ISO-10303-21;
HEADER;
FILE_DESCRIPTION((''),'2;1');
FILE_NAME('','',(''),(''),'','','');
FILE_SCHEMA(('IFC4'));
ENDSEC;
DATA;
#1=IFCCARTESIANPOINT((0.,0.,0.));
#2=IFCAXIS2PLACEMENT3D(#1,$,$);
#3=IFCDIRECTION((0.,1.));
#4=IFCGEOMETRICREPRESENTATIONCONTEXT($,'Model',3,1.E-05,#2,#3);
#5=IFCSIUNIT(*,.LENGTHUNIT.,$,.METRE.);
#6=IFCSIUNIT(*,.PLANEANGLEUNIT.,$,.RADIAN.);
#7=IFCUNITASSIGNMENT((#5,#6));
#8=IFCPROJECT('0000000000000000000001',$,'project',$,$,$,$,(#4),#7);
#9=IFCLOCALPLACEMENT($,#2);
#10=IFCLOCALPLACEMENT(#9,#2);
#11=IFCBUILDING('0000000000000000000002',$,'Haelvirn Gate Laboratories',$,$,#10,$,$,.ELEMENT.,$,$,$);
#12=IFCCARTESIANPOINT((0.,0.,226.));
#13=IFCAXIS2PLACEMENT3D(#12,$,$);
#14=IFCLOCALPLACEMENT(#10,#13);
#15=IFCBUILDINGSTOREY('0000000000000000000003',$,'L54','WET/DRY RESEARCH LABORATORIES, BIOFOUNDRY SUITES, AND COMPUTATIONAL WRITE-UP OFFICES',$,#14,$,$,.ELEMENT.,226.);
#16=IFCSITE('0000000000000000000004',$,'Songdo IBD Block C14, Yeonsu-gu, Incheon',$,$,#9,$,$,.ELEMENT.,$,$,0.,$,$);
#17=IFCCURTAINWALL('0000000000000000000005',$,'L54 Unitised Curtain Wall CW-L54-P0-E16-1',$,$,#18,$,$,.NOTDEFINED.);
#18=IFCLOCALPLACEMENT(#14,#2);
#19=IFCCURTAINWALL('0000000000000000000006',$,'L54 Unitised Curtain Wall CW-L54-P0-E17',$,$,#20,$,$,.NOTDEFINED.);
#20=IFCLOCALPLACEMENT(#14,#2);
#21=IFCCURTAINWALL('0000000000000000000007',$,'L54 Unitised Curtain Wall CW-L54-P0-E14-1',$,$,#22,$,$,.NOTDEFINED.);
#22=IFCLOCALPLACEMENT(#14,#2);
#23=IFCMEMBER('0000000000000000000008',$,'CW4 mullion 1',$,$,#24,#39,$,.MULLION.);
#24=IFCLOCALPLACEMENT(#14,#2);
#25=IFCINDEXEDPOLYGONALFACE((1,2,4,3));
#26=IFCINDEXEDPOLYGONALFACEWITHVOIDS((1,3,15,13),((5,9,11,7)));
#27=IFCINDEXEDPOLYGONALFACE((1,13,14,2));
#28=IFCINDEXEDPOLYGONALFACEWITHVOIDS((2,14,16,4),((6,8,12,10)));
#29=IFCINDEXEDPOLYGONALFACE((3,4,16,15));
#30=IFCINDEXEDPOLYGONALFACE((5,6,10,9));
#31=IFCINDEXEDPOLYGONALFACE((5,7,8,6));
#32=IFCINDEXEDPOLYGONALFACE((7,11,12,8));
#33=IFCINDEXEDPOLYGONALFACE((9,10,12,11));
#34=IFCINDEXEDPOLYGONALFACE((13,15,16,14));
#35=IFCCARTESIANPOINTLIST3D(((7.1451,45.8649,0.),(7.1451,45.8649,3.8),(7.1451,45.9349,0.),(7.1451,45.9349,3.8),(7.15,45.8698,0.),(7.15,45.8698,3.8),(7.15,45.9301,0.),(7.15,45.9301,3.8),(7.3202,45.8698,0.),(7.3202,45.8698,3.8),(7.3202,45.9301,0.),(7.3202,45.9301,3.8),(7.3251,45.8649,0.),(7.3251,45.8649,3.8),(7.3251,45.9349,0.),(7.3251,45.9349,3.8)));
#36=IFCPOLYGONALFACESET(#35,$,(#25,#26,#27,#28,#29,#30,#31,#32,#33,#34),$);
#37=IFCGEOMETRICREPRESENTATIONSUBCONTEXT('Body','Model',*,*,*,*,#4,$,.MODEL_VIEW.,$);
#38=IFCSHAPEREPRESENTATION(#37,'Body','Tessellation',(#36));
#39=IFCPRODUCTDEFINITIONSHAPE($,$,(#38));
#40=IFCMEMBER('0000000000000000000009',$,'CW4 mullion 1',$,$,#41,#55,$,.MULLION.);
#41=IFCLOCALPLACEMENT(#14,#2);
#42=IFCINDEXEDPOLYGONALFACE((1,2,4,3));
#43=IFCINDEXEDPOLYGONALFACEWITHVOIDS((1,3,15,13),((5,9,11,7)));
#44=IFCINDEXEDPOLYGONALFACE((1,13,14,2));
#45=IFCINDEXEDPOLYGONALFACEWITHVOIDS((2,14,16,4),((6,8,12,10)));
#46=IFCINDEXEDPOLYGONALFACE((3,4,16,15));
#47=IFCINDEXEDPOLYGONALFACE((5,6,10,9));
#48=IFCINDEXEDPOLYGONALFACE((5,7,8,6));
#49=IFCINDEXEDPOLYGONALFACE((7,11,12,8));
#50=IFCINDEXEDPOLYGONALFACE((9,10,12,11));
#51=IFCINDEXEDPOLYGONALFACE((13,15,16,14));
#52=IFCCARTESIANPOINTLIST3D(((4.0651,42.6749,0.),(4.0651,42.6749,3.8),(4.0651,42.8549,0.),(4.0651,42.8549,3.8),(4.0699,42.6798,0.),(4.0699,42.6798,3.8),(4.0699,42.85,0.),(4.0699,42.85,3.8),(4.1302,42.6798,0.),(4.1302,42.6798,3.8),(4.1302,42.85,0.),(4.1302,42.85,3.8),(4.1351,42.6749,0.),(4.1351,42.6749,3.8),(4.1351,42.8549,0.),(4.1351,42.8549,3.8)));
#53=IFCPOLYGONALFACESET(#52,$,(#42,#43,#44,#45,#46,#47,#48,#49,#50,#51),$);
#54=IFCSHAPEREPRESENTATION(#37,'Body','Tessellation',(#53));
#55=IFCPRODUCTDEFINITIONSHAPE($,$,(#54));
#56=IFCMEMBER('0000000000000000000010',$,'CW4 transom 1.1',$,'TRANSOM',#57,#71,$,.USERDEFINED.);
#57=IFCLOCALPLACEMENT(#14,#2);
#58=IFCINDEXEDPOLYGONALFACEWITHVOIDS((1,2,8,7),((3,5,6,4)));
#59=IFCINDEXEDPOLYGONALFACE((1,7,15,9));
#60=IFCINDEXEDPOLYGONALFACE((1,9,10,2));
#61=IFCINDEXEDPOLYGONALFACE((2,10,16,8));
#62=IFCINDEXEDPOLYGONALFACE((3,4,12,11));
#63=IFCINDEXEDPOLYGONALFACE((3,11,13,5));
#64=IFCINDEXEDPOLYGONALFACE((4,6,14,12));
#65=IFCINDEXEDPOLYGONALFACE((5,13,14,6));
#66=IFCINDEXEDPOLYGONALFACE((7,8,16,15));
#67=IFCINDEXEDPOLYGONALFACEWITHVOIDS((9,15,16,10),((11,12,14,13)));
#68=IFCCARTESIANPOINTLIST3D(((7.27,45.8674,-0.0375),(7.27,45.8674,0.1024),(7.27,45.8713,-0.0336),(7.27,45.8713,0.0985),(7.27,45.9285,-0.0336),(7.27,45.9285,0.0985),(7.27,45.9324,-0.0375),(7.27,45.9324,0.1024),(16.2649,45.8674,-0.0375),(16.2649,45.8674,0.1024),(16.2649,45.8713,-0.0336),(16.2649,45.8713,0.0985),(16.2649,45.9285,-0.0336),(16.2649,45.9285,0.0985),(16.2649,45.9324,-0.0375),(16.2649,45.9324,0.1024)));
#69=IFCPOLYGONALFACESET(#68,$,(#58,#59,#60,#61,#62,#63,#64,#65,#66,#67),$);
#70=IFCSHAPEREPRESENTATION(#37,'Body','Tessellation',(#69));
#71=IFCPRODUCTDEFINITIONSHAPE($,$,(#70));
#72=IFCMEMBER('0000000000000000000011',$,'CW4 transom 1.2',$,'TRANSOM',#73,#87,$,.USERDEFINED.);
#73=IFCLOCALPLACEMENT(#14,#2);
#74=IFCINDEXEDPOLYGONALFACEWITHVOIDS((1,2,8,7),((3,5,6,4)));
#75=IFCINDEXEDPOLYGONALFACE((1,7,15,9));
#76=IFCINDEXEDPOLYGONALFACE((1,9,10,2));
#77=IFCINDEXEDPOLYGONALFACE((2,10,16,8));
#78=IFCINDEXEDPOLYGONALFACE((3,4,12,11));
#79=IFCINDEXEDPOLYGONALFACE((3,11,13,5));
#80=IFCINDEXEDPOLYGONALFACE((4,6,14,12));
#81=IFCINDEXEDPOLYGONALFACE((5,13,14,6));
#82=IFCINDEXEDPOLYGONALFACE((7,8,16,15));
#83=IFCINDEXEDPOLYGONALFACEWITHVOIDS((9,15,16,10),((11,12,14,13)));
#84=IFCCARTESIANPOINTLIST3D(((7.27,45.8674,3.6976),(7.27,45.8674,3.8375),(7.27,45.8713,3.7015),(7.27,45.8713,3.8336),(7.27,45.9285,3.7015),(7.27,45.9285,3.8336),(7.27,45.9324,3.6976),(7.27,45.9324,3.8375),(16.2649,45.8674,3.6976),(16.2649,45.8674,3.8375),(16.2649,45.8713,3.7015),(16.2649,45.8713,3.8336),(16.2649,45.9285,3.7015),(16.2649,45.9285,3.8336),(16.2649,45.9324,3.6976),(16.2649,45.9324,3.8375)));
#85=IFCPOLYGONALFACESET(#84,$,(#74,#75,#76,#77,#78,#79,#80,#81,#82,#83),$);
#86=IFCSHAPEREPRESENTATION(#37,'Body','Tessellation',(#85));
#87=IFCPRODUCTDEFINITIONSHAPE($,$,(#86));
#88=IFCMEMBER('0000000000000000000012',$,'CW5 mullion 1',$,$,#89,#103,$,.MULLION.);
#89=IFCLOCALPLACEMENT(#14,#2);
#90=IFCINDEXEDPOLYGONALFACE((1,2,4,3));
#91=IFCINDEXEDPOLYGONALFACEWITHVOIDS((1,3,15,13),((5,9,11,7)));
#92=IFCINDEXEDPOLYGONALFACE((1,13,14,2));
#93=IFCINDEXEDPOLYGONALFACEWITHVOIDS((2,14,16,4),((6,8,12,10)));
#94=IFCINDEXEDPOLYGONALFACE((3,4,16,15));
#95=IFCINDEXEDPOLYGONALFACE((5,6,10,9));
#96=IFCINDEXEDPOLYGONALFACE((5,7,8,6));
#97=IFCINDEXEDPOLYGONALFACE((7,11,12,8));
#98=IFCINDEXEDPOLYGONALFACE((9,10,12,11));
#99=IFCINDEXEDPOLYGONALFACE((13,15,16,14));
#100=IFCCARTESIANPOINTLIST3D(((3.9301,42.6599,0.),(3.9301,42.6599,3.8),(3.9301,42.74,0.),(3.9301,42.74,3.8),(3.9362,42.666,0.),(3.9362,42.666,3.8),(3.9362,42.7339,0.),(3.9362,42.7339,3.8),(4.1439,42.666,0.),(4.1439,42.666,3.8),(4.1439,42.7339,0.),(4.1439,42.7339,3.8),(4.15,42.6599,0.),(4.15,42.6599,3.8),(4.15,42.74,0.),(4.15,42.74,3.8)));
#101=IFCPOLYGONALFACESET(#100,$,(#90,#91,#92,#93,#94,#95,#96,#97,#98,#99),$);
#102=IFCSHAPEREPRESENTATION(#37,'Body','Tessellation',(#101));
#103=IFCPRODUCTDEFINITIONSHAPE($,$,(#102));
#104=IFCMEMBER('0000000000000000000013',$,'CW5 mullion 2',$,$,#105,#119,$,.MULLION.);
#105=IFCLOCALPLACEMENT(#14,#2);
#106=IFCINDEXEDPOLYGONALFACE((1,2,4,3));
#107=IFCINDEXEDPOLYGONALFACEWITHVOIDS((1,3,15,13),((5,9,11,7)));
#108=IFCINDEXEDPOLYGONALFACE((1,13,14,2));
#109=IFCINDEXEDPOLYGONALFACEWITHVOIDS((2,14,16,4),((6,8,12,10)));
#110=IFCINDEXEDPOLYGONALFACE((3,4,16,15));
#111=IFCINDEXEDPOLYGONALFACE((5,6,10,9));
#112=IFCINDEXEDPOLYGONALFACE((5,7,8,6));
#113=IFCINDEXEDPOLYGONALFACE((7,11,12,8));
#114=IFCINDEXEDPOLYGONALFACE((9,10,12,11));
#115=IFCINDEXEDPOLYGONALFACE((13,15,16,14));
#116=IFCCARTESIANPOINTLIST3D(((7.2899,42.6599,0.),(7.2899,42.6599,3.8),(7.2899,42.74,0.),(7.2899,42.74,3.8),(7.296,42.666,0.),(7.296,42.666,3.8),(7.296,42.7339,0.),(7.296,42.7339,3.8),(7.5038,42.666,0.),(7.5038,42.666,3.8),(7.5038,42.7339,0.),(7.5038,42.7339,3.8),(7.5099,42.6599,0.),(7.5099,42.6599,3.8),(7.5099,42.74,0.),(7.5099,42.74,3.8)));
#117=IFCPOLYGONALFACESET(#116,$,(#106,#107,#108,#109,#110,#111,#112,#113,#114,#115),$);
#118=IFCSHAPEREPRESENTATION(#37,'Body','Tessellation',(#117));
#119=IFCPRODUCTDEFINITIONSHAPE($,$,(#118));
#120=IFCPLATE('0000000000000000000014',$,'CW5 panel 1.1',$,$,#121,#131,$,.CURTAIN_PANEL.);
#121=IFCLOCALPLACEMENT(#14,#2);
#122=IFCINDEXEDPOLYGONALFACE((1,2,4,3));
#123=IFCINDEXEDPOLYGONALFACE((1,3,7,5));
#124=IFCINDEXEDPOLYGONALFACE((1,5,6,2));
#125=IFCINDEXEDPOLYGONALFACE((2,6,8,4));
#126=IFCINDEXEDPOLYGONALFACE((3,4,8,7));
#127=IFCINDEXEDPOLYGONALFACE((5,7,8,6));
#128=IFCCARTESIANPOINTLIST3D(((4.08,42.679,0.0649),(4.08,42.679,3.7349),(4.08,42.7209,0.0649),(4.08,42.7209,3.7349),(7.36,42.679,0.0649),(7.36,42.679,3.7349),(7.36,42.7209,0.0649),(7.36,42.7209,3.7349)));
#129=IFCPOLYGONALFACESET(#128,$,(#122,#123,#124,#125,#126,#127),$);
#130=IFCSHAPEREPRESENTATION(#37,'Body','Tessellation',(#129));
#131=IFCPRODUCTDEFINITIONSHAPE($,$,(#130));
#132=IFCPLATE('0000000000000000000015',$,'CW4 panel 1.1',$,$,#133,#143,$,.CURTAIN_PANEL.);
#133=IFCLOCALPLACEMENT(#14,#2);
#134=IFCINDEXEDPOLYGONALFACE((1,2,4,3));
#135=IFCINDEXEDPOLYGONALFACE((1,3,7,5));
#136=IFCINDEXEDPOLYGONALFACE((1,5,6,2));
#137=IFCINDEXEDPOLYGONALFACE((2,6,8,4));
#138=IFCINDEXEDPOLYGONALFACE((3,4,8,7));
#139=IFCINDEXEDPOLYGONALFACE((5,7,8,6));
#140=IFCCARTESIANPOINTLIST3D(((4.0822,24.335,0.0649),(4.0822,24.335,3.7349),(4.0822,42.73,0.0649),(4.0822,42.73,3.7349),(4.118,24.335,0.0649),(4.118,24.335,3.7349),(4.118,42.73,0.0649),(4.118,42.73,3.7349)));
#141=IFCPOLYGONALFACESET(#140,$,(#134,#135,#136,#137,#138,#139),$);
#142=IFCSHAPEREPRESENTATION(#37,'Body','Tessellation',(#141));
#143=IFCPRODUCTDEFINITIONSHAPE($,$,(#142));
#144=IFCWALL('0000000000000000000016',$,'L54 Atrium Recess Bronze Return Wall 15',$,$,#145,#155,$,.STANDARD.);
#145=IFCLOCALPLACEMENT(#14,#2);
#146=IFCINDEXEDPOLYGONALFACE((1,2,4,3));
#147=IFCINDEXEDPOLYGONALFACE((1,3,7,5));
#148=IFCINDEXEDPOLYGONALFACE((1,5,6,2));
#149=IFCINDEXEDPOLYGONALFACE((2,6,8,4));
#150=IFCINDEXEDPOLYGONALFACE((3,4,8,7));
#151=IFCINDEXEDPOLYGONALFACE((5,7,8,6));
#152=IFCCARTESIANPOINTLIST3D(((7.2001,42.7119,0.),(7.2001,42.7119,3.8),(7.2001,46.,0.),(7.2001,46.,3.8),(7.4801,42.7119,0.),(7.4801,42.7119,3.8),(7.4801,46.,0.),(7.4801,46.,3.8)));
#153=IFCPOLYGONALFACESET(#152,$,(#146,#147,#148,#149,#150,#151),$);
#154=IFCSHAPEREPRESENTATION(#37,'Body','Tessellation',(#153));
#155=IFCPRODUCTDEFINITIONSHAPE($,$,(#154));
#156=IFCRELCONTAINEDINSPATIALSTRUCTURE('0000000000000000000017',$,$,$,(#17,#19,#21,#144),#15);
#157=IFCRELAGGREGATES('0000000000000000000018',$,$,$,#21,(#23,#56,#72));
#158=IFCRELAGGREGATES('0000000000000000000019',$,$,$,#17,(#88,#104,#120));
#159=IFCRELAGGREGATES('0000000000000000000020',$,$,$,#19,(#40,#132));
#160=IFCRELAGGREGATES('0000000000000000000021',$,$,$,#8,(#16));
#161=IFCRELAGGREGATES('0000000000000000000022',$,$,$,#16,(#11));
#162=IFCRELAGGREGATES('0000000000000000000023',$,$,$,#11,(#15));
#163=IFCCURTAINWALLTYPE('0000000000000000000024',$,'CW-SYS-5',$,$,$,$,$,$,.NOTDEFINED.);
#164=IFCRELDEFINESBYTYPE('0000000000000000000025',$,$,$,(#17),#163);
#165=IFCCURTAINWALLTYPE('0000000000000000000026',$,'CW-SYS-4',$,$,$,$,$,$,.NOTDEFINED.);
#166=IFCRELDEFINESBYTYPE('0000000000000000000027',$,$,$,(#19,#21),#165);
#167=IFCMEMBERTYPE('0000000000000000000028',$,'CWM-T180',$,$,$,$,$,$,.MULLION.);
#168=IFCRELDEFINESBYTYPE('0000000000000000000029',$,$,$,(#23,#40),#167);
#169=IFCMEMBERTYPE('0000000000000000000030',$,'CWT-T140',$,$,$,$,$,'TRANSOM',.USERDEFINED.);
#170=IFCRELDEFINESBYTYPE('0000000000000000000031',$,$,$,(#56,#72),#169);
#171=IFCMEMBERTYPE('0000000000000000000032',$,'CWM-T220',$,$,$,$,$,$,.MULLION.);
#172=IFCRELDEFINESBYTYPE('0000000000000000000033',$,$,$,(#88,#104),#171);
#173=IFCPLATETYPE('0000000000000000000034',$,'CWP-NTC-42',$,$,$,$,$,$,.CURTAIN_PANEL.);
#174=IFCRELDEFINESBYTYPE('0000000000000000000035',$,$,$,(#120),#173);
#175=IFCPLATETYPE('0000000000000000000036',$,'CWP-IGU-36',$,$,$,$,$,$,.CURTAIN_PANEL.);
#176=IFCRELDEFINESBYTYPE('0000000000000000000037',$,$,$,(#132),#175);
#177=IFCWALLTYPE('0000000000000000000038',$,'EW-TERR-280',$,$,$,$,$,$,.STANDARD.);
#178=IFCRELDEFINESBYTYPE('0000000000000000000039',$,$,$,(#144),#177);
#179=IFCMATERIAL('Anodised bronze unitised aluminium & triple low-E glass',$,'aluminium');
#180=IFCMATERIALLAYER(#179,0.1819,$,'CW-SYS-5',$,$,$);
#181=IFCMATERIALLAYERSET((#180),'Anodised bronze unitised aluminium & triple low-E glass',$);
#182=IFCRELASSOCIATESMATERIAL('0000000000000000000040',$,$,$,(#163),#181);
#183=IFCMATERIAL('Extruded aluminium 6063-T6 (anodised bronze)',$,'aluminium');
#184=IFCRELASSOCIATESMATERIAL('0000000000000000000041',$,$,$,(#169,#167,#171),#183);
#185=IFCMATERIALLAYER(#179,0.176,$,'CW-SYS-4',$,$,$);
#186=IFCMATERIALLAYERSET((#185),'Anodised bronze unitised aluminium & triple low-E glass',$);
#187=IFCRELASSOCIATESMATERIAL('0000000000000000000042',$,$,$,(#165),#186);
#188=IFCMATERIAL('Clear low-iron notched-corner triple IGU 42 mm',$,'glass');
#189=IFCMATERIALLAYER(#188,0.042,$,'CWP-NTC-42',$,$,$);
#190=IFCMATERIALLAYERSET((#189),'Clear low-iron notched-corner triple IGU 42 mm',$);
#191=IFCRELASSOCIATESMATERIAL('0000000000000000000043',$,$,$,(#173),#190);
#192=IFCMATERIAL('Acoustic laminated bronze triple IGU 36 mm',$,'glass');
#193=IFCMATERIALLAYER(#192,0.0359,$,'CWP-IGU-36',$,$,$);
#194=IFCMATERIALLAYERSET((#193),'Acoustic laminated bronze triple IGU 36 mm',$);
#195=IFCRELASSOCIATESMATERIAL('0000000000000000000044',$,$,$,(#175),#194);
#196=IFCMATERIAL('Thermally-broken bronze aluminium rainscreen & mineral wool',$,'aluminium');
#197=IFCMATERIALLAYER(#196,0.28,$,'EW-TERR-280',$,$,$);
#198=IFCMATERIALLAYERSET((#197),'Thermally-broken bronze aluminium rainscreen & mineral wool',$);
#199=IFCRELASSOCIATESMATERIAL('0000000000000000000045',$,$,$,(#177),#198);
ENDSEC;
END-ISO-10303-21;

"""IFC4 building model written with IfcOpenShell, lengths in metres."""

from ifc_helpers import new_model, si_unit, direction, frame, frame_2d, origin, origin_2d, place, context, subcontext, project, spatial, rectangle, hollow_rectangle, extrude, source, transform, mapped, material, layer, layer_set, material_profile, profile_set, type_object, type_shapes, element, aggregate, save


model = new_model("IFC4")

# Units and contexts
model_context = context("Model", 3, precision=1e-05, world=origin(), true_north=direction((0.0, 1.0)))
body_context = subcontext(model_context, "Body", "Model", "MODEL_VIEW")
ifc_project = project(units=[si_unit("LENGTHUNIT", "METRE"), si_unit("PLANEANGLEUNIT", "RADIAN")], contexts=[model_context])

# Site, building, storey
site_placement = place(None, origin())
site = spatial("IfcSite", under=ifc_project, at=site_placement, Name="Songdo IBD Block C14, Yeonsu-gu, Incheon", CompositionType="ELEMENT", RefElevation=0.0)
building_placement = place(site_placement, origin())
building = spatial("IfcBuilding", under=site, at=building_placement, Name="Haelvirn Gate Laboratories", CompositionType="ELEMENT")
storey_placement = place(building_placement, frame((0.0, 0.0, 226.0)))
storey = spatial("IfcBuildingStorey", under=building, at=storey_placement, Name="L54", Description="WET/DRY RESEARCH LABORATORIES, BIOFOUNDRY SUITES, AND COMPUTATIONAL WRITE-UP OFFICES", CompositionType="ELEMENT", Elevation=226.0)

# Curtain walls
ifc_material_1 = material(Name="Anodised bronze unitised aluminium & triple low-E glass", Category="aluminium")
ifc_layer_1 = layer(ifc_material_1, 0.1819, Name="CW-SYS-5")
ifc_layer_set_1 = layer_set([ifc_layer_1], Name="Anodised bronze unitised aluminium & triple low-E glass")
curtain_wall_type_1 = type_object("IfcCurtainWallType", Name="CW-SYS-5", PredefinedType="NOTDEFINED", material=ifc_layer_set_1)
curtain_wall_1_placement = place(storey_placement, origin())
curtain_wall_1 = element("IfcCurtainWall", 1, at=curtain_wall_1_placement, inside=storey, type_object=curtain_wall_type_1, Name="L54 Unitised Curtain Wall CW-L54-P0-E16-1", PredefinedType="NOTDEFINED")
ifc_material_2 = material(Name="Extruded aluminium 6063-T6 (anodised bronze)", Category="aluminium")
ifc_material_profile_1 = material_profile(ifc_material_2, hollow_rectangle(XDim=0.0649, YDim=0.1399, WallThickness=0.0039, at=origin_2d()), Name="CWT-140x65x4")
ifc_profile_set_1 = profile_set([ifc_material_profile_1], Name="Extruded aluminium 6063-T6 (anodised bronze)")
member_type_1 = type_object("IfcMemberType", Name="CWT-T140", ElementType="TRANSOM", PredefinedType="USERDEFINED", material=ifc_profile_set_1)
ifc_layer_2 = layer(ifc_material_1, 0.176, Name="CW-SYS-4")
ifc_layer_set_2 = layer_set([ifc_layer_2], Name="Anodised bronze unitised aluminium & triple low-E glass")
curtain_wall_type_2 = type_object("IfcCurtainWallType", Name="CW-SYS-4", PredefinedType="NOTDEFINED", material=ifc_layer_set_2)
curtain_wall_2_placement = place(storey_placement, origin())
curtain_wall_2 = element("IfcCurtainWall", 2, at=curtain_wall_2_placement, inside=storey, type_object=curtain_wall_type_2, Name="L54 Unitised Curtain Wall CW-L54-P0-E17", PredefinedType="NOTDEFINED")

# Curtain wall, member
curtain_wall_3_placement = place(storey_placement, origin())
curtain_wall_3 = element("IfcCurtainWall", 3, at=curtain_wall_3_placement, inside=storey, type_object=curtain_wall_type_2, Name="L54 Unitised Curtain Wall CW-L54-P0-E14-1", PredefinedType="NOTDEFINED")
ifc_material_profile_2 = material_profile(ifc_material_2, hollow_rectangle(XDim=0.0701, YDim=0.1799, WallThickness=0.0049, at=origin_2d()), Name="CWM-180x70x5")
ifc_profile_set_2 = profile_set([ifc_material_profile_2], Name="Extruded aluminium 6063-T6 (anodised bronze)")
member_type_2 = type_object("IfcMemberType", Name="CWM-T180", PredefinedType="MULLION", material=ifc_profile_set_2)
shared_shape_1 = source(origin(), body_context, "Body", "SweptSolid", [
    extrude(hollow_rectangle(XDim=0.0701, YDim=0.1799, WallThickness=0.0049, at=origin_2d()), origin(), (0.0, 0.0, 1.0), 3.8),
])
type_shapes(member_type_2, [shared_shape_1])
member_1_placement = place(storey_placement, frame((7.2351, 45.8999, 0.0), z_axis=(0.0, 0.0, 1.0), x_axis=(0.0, 1.0, 0.0)))
member_1 = element("IfcMember", 4, at=member_1_placement, type_object=member_type_2, Name="CW4 mullion 1", PredefinedType="MULLION", context=body_context, shape_type="MappedRepresentation", body=[
    mapped(shared_shape_1, transform((0.0, 0.0, 0.0), scale=1.0)),
])

# Members
member_2_placement = place(storey_placement, frame((4.1001, 42.7649, 0.0), z_axis=(0.0, 0.0, 1.0), x_axis=(1.0, 0.0, 0.0)))
member_2 = element("IfcMember", 5, at=member_2_placement, type_object=member_type_2, Name="CW4 mullion 1", PredefinedType="MULLION", context=body_context, shape_type="MappedRepresentation", body=[
    mapped(shared_shape_1, transform((0.0, 0.0, 0.0), scale=1.0)),
])
shared_shape_2 = source(origin(), body_context, "Body", "SweptSolid", [
    extrude(hollow_rectangle(XDim=0.0649, YDim=0.1399, WallThickness=0.0039, at=origin_2d()), origin(), (0.0, 0.0, 1.0), 8.9949),
])
member_3_placement = place(storey_placement, frame((7.27, 45.8999, 0.0325), z_axis=(1.0, 0.0, 0.0), x_axis=(0.0, 1.0, 0.0)))
member_3 = element("IfcMember", 6, at=member_3_placement, type_object=member_type_1, Name="CW4 transom 1.1", ObjectType="TRANSOM", PredefinedType="USERDEFINED", context=body_context, shape_type="MappedRepresentation", body=[
    mapped(shared_shape_2, transform((0.0, 0.0, 0.0), scale=1.0)),
])
member_4_placement = place(storey_placement, frame((7.27, 45.8999, 3.7676), z_axis=(1.0, 0.0, 0.0), x_axis=(0.0, 1.0, 0.0)))
member_4 = element("IfcMember", 7, at=member_4_placement, type_object=member_type_1, Name="CW4 transom 1.2", ObjectType="TRANSOM", PredefinedType="USERDEFINED", context=body_context, shape_type="MappedRepresentation", body=[
    mapped(shared_shape_2, transform((0.0, 0.0, 0.0), scale=1.0)),
])
aggregate(curtain_wall_3, [member_1, member_3, member_4])
ifc_material_profile_3 = material_profile(ifc_material_2, hollow_rectangle(XDim=0.0801, YDim=0.22, WallThickness=0.0061, at=origin_2d()), Name="CWM-220x80x6")
ifc_profile_set_3 = profile_set([ifc_material_profile_3], Name="Extruded aluminium 6063-T6 (anodised bronze)")
member_type_3 = type_object("IfcMemberType", Name="CWM-T220", PredefinedType="MULLION", material=ifc_profile_set_3)
shared_shape_3 = source(origin(), body_context, "Body", "SweptSolid", [
    extrude(hollow_rectangle(XDim=0.0801, YDim=0.22, WallThickness=0.0061, at=origin_2d()), origin(), (0.0, 0.0, 1.0), 3.8),
])
type_shapes(member_type_3, [shared_shape_3])
member_5_placement = place(storey_placement, frame((4.04, 42.7, 0.0), z_axis=(0.0, 0.0, 1.0), x_axis=(0.0, 1.0, 0.0)))
member_5 = element("IfcMember", 8, at=member_5_placement, type_object=member_type_3, Name="CW5 mullion 1", PredefinedType="MULLION", context=body_context, shape_type="MappedRepresentation", body=[
    mapped(shared_shape_3, transform((0.0, 0.0, 0.0), scale=1.0)),
])
member_6_placement = place(storey_placement, frame((7.3999, 42.7, 0.0), z_axis=(0.0, 0.0, 1.0), x_axis=(0.0, 1.0, 0.0)))
member_6 = element("IfcMember", 9, at=member_6_placement, type_object=member_type_3, Name="CW5 mullion 2", PredefinedType="MULLION", context=body_context, shape_type="MappedRepresentation", body=[
    mapped(shared_shape_3, transform((0.0, 0.0, 0.0), scale=1.0)),
])

# Plates
ifc_material_3 = material(Name="Clear low-iron notched-corner triple IGU 42 mm", Category="glass")
ifc_layer_3 = layer(ifc_material_3, 0.042, Name="CWP-NTC-42")
ifc_layer_set_3 = layer_set([ifc_layer_3], Name="Clear low-iron notched-corner triple IGU 42 mm")
plate_type_1 = type_object("IfcPlateType", Name="CWP-NTC-42", PredefinedType="CURTAIN_PANEL", material=ifc_layer_set_3)
shared_shape_4 = source(origin(), body_context, "Body", "SweptSolid", [
    extrude(rectangle(XDim=3.28, YDim=0.042, at=origin_2d()), origin(), (0.0, 0.0, 1.0), 3.6699),
])
type_shapes(plate_type_1, [shared_shape_4])
plate_1_placement = place(storey_placement, frame((5.72, 42.7, 0.0649), z_axis=(0.0, 0.0, 1.0), x_axis=(1.0, 0.0, 0.0)))
plate_1 = element("IfcPlate", 10, at=plate_1_placement, type_object=plate_type_1, Name="CW5 panel 1.1", PredefinedType="CURTAIN_PANEL", context=body_context, shape_type="MappedRepresentation", body=[
    mapped(shared_shape_4, transform((0.0, 0.0, 0.0), scale=1.0)),
])
aggregate(curtain_wall_1, [member_5, member_6, plate_1])
ifc_material_4 = material(Name="Acoustic laminated bronze triple IGU 36 mm", Category="glass")
ifc_layer_4 = layer(ifc_material_4, 0.0359, Name="CWP-IGU-36")
ifc_layer_set_4 = layer_set([ifc_layer_4], Name="Acoustic laminated bronze triple IGU 36 mm")
plate_type_2 = type_object("IfcPlateType", Name="CWP-IGU-36", PredefinedType="CURTAIN_PANEL", material=ifc_layer_set_4)
shared_shape_5 = source(origin(), body_context, "Body", "SweptSolid", [
    extrude(rectangle(XDim=18.395, YDim=0.0359, at=origin_2d()), origin(), (0.0, 0.0, 1.0), 3.6699),
])
type_shapes(plate_type_2, [shared_shape_5])
plate_2_placement = place(storey_placement, frame((4.1001, 33.5325, 0.0649), z_axis=(0.0, 0.0, 1.0), x_axis=(0.0, -1.0, 0.0)))
plate_2 = element("IfcPlate", 11, at=plate_2_placement, type_object=plate_type_2, Name="CW4 panel 1.1", PredefinedType="CURTAIN_PANEL", context=body_context, shape_type="MappedRepresentation", body=[
    mapped(shared_shape_5, transform((0.0, 0.0, 0.0), scale=1.0)),
])
aggregate(curtain_wall_2, [member_2, plate_2])

# Wall
ifc_material_5 = material(Name="Thermally-broken bronze aluminium rainscreen & mineral wool", Category="aluminium")
ifc_layer_5 = layer(ifc_material_5, 0.28, Name="EW-TERR-280")
ifc_layer_set_5 = layer_set([ifc_layer_5], Name="Thermally-broken bronze aluminium rainscreen & mineral wool")
wall_type_1 = type_object("IfcWallType", Name="EW-TERR-280", PredefinedType="STANDARD", material=ifc_layer_set_5)
wall_1_placement = place(storey_placement, frame((7.3401, 46.0, 0.0), z_axis=(0.0, 0.0, 1.0), x_axis=(0.0, -1.0, 0.0)))
element("IfcWall", 12, at=wall_1_placement, inside=storey, type_object=wall_type_1, Name="L54 Atrium Recess Bronze Return Wall 15", PredefinedType="STANDARD", context=body_context, shape_type="SweptSolid", body=[
    extrude(rectangle(XDim=3.2881, YDim=0.28, at=frame_2d((1.644, 0.0))), origin(), (0.0, 0.0, 1.0), 3.8),
])

save(model, "model.ifc")
